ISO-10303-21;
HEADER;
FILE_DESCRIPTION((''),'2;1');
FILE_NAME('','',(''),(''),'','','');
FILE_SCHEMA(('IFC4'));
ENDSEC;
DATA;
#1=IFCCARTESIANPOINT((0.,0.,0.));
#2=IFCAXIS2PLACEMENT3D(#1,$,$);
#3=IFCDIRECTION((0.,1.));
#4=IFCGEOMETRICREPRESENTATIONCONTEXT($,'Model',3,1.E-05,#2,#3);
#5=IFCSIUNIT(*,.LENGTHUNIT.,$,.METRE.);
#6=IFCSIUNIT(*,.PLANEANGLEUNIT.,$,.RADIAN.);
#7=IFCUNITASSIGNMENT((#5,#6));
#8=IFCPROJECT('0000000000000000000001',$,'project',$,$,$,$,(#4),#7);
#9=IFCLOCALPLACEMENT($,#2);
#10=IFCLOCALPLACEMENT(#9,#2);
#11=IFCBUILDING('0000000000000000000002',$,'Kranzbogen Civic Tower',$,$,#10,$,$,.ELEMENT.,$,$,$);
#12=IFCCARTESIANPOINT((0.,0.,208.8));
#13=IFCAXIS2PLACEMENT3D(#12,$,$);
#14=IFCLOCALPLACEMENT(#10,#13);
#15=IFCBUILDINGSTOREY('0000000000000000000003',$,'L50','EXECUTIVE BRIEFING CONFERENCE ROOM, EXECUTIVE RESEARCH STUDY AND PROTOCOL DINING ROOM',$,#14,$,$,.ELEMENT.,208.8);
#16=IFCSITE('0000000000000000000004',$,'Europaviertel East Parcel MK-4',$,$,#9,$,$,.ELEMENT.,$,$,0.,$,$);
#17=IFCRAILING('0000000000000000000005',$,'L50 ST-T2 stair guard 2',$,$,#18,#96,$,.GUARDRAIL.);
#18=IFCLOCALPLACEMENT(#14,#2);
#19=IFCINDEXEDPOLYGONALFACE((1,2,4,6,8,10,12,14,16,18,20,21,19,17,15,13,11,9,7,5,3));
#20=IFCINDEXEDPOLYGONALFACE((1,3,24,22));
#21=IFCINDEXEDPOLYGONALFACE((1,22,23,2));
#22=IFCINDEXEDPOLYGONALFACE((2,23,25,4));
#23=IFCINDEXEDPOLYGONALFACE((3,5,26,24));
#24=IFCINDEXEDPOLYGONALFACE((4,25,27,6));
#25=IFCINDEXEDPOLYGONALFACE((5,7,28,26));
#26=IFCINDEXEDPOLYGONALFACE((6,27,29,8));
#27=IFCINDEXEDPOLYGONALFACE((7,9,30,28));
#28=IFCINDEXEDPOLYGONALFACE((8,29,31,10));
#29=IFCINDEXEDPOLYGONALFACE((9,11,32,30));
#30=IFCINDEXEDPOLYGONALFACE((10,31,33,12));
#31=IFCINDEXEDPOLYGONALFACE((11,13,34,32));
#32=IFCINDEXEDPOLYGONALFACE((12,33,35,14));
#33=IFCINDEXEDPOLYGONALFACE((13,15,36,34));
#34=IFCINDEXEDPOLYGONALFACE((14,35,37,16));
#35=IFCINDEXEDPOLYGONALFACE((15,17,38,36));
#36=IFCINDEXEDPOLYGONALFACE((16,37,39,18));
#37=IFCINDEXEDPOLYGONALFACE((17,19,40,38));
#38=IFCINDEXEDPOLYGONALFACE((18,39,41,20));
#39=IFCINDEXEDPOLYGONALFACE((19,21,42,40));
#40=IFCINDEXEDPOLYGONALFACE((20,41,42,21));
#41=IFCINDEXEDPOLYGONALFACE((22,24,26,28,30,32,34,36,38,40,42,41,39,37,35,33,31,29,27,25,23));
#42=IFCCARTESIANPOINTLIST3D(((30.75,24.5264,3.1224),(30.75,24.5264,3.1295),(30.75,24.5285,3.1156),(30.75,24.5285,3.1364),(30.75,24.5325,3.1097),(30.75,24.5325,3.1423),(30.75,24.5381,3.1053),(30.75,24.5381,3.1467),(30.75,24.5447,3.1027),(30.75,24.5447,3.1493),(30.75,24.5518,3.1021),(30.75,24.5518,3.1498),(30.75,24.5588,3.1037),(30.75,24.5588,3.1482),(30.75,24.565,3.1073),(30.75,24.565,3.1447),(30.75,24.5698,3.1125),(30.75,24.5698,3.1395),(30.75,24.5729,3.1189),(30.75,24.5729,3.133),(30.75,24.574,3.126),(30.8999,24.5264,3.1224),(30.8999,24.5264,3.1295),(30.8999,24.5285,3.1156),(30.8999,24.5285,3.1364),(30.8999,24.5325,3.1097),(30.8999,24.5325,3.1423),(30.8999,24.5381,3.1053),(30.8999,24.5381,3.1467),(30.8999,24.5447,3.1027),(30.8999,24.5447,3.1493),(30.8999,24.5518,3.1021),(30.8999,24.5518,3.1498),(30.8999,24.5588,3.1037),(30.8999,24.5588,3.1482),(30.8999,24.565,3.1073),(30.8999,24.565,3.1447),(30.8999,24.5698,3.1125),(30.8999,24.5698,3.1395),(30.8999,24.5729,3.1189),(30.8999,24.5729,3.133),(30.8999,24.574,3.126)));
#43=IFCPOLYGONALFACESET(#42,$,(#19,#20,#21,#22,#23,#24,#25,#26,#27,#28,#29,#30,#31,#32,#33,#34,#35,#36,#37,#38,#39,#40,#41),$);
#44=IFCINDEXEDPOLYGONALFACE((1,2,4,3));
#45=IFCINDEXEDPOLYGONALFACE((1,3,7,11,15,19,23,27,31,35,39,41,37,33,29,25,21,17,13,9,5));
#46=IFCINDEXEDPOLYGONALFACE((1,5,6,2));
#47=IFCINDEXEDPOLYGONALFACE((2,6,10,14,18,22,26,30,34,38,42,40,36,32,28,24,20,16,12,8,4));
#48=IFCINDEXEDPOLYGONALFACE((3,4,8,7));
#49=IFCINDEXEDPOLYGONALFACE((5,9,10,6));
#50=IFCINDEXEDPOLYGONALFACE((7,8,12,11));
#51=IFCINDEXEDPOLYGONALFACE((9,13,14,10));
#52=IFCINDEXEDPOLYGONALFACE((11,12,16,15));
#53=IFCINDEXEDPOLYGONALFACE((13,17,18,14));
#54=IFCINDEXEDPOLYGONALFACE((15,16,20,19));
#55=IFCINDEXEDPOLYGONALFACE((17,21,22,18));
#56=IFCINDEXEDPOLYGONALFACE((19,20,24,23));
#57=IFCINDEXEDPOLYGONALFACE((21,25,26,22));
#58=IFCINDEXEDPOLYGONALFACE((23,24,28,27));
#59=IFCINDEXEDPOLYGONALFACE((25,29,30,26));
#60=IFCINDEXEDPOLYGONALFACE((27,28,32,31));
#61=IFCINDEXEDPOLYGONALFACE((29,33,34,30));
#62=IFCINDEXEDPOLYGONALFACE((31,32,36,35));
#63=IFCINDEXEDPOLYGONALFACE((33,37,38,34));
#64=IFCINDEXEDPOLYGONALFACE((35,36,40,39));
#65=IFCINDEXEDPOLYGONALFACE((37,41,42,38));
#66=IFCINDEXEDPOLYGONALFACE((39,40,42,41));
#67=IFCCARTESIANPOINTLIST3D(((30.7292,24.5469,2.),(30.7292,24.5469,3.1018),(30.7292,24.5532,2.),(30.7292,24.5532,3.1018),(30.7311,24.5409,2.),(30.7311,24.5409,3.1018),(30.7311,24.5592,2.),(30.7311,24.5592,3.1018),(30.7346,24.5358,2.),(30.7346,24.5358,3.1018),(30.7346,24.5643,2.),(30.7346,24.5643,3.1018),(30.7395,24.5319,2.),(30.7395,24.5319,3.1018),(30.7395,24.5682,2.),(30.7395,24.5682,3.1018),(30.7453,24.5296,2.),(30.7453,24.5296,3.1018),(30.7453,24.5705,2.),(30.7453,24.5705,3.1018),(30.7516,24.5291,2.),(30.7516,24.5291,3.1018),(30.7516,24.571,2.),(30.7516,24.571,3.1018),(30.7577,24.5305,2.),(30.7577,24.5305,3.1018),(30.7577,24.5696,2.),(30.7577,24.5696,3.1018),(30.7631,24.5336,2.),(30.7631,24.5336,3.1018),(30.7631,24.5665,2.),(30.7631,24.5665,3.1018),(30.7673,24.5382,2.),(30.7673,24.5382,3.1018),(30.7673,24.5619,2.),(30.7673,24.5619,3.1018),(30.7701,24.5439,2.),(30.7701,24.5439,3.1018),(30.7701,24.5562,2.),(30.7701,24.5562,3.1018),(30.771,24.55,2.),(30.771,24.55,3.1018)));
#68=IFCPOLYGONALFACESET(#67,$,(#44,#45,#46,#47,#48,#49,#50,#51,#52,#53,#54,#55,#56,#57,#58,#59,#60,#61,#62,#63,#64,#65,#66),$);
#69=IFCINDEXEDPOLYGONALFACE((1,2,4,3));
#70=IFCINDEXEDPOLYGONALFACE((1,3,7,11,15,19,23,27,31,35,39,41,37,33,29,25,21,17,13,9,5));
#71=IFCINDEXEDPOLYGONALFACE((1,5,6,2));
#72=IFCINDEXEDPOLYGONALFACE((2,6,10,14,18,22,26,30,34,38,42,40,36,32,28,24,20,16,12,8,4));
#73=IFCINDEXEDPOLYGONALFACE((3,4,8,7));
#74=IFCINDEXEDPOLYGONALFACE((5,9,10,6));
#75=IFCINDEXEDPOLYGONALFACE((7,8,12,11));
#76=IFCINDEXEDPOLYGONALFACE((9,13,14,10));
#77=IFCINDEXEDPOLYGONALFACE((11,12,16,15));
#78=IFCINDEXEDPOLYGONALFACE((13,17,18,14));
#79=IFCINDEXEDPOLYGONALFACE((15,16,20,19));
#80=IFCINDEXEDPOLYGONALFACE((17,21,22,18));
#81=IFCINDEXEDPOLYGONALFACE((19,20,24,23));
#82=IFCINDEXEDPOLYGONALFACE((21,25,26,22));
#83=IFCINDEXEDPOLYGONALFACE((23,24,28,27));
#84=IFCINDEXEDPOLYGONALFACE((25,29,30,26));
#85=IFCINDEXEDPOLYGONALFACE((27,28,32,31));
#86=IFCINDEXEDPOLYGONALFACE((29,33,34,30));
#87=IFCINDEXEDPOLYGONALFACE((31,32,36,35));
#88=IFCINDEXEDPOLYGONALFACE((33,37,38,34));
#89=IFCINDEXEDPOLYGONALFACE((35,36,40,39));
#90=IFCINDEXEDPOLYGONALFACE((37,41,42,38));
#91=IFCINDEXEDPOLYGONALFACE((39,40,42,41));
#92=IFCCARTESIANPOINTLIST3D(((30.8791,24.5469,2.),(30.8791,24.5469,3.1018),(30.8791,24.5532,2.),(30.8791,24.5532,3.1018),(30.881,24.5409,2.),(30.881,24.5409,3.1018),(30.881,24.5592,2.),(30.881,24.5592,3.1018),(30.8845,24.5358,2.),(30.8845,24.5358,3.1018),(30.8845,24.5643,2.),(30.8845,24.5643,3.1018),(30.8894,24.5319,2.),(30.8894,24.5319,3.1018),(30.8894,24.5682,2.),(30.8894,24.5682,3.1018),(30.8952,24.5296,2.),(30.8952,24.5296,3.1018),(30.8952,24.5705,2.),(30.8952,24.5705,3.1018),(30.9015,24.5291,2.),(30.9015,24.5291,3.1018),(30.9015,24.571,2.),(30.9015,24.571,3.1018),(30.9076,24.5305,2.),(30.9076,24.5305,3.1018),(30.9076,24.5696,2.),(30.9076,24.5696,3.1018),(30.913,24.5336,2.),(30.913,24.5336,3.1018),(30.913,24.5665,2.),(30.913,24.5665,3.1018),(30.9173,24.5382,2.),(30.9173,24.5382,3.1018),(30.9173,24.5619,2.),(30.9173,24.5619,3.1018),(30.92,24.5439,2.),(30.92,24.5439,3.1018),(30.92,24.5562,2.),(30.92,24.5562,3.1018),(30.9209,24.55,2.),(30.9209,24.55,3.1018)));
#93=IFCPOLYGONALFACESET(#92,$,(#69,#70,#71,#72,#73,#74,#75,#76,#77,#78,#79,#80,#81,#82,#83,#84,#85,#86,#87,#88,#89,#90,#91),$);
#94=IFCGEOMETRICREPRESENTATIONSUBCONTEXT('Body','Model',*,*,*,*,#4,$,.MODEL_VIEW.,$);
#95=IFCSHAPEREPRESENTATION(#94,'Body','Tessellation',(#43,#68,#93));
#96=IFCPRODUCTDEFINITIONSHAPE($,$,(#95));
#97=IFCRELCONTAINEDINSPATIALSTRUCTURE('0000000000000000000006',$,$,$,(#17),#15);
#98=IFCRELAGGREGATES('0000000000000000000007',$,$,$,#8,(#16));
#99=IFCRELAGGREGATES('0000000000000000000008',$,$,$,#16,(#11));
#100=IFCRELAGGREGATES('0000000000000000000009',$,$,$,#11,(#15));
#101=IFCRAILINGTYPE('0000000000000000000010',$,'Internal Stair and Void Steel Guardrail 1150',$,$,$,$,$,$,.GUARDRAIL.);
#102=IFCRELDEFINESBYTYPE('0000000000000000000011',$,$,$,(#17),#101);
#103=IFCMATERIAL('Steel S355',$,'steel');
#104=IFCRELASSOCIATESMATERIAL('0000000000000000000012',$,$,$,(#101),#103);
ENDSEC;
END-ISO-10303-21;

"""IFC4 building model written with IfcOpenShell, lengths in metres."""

from ifc_helpers import new_model, si_unit, direction, frame, origin, origin_2d, place, context, subcontext, project, spatial, circle, extrude, material, type_object, element, save


model = new_model("IFC4")

# Units and contexts
model_context = context("Model", 3, precision=1e-05, world=origin(), true_north=direction((0.0, 1.0)))
body_context = subcontext(model_context, "Body", "Model", "MODEL_VIEW")
ifc_project = project(units=[si_unit("LENGTHUNIT", "METRE"), si_unit("PLANEANGLEUNIT", "RADIAN")], contexts=[model_context])

# Site, building, storey
site_placement = place(None, origin())
site = spatial("IfcSite", under=ifc_project, at=site_placement, Name="Europaviertel East Parcel MK-4", CompositionType="ELEMENT", RefElevation=0.0)
building_placement = place(site_placement, origin())
building = spatial("IfcBuilding", under=site, at=building_placement, Name="Kranzbogen Civic Tower", CompositionType="ELEMENT")
storey_placement = place(building_placement, frame((0.0, 0.0, 208.8)))
storey = spatial("IfcBuildingStorey", under=building, at=storey_placement, Name="L50", Description="EXECUTIVE BRIEFING CONFERENCE ROOM, EXECUTIVE RESEARCH STUDY AND PROTOCOL DINING ROOM", CompositionType="ELEMENT", Elevation=208.8)

# Shared definitions
ifc_material_1 = material(Name="Steel S355", Category="steel")

# Railing
railing_type = type_object("IfcRailingType", Name="Internal Stair and Void Steel Guardrail 1150", PredefinedType="GUARDRAIL", material=ifc_material_1)
railing_placement = place(storey_placement, frame((30.75, 24.55, 2.0)))
element("IfcRailing", 1, at=railing_placement, inside=storey, type_object=railing_type, Name="L50 ST-T2 stair guard 2", PredefinedType="GUARDRAIL", context=body_context, shape_type="SweptSolid", body=[
    extrude(circle(Radius=0.0239, at=origin_2d()), frame((0.0, 0.0, 1.126), z_axis=(1.0, 0.0, 0.0), x_axis=(0.0, 1.0, 0.0)), (0.0, 0.0, 1.0), 0.1499),
    extrude(circle(Radius=0.021, at=origin_2d()), origin(), (0.0, 0.0, 1.0), 1.1018),
    extrude(circle(Radius=0.021, at=origin_2d()), frame((0.1499, 0.0, 0.0)), (0.0, 0.0, 1.0), 1.1018),
])

save(model, "model.ifc")
